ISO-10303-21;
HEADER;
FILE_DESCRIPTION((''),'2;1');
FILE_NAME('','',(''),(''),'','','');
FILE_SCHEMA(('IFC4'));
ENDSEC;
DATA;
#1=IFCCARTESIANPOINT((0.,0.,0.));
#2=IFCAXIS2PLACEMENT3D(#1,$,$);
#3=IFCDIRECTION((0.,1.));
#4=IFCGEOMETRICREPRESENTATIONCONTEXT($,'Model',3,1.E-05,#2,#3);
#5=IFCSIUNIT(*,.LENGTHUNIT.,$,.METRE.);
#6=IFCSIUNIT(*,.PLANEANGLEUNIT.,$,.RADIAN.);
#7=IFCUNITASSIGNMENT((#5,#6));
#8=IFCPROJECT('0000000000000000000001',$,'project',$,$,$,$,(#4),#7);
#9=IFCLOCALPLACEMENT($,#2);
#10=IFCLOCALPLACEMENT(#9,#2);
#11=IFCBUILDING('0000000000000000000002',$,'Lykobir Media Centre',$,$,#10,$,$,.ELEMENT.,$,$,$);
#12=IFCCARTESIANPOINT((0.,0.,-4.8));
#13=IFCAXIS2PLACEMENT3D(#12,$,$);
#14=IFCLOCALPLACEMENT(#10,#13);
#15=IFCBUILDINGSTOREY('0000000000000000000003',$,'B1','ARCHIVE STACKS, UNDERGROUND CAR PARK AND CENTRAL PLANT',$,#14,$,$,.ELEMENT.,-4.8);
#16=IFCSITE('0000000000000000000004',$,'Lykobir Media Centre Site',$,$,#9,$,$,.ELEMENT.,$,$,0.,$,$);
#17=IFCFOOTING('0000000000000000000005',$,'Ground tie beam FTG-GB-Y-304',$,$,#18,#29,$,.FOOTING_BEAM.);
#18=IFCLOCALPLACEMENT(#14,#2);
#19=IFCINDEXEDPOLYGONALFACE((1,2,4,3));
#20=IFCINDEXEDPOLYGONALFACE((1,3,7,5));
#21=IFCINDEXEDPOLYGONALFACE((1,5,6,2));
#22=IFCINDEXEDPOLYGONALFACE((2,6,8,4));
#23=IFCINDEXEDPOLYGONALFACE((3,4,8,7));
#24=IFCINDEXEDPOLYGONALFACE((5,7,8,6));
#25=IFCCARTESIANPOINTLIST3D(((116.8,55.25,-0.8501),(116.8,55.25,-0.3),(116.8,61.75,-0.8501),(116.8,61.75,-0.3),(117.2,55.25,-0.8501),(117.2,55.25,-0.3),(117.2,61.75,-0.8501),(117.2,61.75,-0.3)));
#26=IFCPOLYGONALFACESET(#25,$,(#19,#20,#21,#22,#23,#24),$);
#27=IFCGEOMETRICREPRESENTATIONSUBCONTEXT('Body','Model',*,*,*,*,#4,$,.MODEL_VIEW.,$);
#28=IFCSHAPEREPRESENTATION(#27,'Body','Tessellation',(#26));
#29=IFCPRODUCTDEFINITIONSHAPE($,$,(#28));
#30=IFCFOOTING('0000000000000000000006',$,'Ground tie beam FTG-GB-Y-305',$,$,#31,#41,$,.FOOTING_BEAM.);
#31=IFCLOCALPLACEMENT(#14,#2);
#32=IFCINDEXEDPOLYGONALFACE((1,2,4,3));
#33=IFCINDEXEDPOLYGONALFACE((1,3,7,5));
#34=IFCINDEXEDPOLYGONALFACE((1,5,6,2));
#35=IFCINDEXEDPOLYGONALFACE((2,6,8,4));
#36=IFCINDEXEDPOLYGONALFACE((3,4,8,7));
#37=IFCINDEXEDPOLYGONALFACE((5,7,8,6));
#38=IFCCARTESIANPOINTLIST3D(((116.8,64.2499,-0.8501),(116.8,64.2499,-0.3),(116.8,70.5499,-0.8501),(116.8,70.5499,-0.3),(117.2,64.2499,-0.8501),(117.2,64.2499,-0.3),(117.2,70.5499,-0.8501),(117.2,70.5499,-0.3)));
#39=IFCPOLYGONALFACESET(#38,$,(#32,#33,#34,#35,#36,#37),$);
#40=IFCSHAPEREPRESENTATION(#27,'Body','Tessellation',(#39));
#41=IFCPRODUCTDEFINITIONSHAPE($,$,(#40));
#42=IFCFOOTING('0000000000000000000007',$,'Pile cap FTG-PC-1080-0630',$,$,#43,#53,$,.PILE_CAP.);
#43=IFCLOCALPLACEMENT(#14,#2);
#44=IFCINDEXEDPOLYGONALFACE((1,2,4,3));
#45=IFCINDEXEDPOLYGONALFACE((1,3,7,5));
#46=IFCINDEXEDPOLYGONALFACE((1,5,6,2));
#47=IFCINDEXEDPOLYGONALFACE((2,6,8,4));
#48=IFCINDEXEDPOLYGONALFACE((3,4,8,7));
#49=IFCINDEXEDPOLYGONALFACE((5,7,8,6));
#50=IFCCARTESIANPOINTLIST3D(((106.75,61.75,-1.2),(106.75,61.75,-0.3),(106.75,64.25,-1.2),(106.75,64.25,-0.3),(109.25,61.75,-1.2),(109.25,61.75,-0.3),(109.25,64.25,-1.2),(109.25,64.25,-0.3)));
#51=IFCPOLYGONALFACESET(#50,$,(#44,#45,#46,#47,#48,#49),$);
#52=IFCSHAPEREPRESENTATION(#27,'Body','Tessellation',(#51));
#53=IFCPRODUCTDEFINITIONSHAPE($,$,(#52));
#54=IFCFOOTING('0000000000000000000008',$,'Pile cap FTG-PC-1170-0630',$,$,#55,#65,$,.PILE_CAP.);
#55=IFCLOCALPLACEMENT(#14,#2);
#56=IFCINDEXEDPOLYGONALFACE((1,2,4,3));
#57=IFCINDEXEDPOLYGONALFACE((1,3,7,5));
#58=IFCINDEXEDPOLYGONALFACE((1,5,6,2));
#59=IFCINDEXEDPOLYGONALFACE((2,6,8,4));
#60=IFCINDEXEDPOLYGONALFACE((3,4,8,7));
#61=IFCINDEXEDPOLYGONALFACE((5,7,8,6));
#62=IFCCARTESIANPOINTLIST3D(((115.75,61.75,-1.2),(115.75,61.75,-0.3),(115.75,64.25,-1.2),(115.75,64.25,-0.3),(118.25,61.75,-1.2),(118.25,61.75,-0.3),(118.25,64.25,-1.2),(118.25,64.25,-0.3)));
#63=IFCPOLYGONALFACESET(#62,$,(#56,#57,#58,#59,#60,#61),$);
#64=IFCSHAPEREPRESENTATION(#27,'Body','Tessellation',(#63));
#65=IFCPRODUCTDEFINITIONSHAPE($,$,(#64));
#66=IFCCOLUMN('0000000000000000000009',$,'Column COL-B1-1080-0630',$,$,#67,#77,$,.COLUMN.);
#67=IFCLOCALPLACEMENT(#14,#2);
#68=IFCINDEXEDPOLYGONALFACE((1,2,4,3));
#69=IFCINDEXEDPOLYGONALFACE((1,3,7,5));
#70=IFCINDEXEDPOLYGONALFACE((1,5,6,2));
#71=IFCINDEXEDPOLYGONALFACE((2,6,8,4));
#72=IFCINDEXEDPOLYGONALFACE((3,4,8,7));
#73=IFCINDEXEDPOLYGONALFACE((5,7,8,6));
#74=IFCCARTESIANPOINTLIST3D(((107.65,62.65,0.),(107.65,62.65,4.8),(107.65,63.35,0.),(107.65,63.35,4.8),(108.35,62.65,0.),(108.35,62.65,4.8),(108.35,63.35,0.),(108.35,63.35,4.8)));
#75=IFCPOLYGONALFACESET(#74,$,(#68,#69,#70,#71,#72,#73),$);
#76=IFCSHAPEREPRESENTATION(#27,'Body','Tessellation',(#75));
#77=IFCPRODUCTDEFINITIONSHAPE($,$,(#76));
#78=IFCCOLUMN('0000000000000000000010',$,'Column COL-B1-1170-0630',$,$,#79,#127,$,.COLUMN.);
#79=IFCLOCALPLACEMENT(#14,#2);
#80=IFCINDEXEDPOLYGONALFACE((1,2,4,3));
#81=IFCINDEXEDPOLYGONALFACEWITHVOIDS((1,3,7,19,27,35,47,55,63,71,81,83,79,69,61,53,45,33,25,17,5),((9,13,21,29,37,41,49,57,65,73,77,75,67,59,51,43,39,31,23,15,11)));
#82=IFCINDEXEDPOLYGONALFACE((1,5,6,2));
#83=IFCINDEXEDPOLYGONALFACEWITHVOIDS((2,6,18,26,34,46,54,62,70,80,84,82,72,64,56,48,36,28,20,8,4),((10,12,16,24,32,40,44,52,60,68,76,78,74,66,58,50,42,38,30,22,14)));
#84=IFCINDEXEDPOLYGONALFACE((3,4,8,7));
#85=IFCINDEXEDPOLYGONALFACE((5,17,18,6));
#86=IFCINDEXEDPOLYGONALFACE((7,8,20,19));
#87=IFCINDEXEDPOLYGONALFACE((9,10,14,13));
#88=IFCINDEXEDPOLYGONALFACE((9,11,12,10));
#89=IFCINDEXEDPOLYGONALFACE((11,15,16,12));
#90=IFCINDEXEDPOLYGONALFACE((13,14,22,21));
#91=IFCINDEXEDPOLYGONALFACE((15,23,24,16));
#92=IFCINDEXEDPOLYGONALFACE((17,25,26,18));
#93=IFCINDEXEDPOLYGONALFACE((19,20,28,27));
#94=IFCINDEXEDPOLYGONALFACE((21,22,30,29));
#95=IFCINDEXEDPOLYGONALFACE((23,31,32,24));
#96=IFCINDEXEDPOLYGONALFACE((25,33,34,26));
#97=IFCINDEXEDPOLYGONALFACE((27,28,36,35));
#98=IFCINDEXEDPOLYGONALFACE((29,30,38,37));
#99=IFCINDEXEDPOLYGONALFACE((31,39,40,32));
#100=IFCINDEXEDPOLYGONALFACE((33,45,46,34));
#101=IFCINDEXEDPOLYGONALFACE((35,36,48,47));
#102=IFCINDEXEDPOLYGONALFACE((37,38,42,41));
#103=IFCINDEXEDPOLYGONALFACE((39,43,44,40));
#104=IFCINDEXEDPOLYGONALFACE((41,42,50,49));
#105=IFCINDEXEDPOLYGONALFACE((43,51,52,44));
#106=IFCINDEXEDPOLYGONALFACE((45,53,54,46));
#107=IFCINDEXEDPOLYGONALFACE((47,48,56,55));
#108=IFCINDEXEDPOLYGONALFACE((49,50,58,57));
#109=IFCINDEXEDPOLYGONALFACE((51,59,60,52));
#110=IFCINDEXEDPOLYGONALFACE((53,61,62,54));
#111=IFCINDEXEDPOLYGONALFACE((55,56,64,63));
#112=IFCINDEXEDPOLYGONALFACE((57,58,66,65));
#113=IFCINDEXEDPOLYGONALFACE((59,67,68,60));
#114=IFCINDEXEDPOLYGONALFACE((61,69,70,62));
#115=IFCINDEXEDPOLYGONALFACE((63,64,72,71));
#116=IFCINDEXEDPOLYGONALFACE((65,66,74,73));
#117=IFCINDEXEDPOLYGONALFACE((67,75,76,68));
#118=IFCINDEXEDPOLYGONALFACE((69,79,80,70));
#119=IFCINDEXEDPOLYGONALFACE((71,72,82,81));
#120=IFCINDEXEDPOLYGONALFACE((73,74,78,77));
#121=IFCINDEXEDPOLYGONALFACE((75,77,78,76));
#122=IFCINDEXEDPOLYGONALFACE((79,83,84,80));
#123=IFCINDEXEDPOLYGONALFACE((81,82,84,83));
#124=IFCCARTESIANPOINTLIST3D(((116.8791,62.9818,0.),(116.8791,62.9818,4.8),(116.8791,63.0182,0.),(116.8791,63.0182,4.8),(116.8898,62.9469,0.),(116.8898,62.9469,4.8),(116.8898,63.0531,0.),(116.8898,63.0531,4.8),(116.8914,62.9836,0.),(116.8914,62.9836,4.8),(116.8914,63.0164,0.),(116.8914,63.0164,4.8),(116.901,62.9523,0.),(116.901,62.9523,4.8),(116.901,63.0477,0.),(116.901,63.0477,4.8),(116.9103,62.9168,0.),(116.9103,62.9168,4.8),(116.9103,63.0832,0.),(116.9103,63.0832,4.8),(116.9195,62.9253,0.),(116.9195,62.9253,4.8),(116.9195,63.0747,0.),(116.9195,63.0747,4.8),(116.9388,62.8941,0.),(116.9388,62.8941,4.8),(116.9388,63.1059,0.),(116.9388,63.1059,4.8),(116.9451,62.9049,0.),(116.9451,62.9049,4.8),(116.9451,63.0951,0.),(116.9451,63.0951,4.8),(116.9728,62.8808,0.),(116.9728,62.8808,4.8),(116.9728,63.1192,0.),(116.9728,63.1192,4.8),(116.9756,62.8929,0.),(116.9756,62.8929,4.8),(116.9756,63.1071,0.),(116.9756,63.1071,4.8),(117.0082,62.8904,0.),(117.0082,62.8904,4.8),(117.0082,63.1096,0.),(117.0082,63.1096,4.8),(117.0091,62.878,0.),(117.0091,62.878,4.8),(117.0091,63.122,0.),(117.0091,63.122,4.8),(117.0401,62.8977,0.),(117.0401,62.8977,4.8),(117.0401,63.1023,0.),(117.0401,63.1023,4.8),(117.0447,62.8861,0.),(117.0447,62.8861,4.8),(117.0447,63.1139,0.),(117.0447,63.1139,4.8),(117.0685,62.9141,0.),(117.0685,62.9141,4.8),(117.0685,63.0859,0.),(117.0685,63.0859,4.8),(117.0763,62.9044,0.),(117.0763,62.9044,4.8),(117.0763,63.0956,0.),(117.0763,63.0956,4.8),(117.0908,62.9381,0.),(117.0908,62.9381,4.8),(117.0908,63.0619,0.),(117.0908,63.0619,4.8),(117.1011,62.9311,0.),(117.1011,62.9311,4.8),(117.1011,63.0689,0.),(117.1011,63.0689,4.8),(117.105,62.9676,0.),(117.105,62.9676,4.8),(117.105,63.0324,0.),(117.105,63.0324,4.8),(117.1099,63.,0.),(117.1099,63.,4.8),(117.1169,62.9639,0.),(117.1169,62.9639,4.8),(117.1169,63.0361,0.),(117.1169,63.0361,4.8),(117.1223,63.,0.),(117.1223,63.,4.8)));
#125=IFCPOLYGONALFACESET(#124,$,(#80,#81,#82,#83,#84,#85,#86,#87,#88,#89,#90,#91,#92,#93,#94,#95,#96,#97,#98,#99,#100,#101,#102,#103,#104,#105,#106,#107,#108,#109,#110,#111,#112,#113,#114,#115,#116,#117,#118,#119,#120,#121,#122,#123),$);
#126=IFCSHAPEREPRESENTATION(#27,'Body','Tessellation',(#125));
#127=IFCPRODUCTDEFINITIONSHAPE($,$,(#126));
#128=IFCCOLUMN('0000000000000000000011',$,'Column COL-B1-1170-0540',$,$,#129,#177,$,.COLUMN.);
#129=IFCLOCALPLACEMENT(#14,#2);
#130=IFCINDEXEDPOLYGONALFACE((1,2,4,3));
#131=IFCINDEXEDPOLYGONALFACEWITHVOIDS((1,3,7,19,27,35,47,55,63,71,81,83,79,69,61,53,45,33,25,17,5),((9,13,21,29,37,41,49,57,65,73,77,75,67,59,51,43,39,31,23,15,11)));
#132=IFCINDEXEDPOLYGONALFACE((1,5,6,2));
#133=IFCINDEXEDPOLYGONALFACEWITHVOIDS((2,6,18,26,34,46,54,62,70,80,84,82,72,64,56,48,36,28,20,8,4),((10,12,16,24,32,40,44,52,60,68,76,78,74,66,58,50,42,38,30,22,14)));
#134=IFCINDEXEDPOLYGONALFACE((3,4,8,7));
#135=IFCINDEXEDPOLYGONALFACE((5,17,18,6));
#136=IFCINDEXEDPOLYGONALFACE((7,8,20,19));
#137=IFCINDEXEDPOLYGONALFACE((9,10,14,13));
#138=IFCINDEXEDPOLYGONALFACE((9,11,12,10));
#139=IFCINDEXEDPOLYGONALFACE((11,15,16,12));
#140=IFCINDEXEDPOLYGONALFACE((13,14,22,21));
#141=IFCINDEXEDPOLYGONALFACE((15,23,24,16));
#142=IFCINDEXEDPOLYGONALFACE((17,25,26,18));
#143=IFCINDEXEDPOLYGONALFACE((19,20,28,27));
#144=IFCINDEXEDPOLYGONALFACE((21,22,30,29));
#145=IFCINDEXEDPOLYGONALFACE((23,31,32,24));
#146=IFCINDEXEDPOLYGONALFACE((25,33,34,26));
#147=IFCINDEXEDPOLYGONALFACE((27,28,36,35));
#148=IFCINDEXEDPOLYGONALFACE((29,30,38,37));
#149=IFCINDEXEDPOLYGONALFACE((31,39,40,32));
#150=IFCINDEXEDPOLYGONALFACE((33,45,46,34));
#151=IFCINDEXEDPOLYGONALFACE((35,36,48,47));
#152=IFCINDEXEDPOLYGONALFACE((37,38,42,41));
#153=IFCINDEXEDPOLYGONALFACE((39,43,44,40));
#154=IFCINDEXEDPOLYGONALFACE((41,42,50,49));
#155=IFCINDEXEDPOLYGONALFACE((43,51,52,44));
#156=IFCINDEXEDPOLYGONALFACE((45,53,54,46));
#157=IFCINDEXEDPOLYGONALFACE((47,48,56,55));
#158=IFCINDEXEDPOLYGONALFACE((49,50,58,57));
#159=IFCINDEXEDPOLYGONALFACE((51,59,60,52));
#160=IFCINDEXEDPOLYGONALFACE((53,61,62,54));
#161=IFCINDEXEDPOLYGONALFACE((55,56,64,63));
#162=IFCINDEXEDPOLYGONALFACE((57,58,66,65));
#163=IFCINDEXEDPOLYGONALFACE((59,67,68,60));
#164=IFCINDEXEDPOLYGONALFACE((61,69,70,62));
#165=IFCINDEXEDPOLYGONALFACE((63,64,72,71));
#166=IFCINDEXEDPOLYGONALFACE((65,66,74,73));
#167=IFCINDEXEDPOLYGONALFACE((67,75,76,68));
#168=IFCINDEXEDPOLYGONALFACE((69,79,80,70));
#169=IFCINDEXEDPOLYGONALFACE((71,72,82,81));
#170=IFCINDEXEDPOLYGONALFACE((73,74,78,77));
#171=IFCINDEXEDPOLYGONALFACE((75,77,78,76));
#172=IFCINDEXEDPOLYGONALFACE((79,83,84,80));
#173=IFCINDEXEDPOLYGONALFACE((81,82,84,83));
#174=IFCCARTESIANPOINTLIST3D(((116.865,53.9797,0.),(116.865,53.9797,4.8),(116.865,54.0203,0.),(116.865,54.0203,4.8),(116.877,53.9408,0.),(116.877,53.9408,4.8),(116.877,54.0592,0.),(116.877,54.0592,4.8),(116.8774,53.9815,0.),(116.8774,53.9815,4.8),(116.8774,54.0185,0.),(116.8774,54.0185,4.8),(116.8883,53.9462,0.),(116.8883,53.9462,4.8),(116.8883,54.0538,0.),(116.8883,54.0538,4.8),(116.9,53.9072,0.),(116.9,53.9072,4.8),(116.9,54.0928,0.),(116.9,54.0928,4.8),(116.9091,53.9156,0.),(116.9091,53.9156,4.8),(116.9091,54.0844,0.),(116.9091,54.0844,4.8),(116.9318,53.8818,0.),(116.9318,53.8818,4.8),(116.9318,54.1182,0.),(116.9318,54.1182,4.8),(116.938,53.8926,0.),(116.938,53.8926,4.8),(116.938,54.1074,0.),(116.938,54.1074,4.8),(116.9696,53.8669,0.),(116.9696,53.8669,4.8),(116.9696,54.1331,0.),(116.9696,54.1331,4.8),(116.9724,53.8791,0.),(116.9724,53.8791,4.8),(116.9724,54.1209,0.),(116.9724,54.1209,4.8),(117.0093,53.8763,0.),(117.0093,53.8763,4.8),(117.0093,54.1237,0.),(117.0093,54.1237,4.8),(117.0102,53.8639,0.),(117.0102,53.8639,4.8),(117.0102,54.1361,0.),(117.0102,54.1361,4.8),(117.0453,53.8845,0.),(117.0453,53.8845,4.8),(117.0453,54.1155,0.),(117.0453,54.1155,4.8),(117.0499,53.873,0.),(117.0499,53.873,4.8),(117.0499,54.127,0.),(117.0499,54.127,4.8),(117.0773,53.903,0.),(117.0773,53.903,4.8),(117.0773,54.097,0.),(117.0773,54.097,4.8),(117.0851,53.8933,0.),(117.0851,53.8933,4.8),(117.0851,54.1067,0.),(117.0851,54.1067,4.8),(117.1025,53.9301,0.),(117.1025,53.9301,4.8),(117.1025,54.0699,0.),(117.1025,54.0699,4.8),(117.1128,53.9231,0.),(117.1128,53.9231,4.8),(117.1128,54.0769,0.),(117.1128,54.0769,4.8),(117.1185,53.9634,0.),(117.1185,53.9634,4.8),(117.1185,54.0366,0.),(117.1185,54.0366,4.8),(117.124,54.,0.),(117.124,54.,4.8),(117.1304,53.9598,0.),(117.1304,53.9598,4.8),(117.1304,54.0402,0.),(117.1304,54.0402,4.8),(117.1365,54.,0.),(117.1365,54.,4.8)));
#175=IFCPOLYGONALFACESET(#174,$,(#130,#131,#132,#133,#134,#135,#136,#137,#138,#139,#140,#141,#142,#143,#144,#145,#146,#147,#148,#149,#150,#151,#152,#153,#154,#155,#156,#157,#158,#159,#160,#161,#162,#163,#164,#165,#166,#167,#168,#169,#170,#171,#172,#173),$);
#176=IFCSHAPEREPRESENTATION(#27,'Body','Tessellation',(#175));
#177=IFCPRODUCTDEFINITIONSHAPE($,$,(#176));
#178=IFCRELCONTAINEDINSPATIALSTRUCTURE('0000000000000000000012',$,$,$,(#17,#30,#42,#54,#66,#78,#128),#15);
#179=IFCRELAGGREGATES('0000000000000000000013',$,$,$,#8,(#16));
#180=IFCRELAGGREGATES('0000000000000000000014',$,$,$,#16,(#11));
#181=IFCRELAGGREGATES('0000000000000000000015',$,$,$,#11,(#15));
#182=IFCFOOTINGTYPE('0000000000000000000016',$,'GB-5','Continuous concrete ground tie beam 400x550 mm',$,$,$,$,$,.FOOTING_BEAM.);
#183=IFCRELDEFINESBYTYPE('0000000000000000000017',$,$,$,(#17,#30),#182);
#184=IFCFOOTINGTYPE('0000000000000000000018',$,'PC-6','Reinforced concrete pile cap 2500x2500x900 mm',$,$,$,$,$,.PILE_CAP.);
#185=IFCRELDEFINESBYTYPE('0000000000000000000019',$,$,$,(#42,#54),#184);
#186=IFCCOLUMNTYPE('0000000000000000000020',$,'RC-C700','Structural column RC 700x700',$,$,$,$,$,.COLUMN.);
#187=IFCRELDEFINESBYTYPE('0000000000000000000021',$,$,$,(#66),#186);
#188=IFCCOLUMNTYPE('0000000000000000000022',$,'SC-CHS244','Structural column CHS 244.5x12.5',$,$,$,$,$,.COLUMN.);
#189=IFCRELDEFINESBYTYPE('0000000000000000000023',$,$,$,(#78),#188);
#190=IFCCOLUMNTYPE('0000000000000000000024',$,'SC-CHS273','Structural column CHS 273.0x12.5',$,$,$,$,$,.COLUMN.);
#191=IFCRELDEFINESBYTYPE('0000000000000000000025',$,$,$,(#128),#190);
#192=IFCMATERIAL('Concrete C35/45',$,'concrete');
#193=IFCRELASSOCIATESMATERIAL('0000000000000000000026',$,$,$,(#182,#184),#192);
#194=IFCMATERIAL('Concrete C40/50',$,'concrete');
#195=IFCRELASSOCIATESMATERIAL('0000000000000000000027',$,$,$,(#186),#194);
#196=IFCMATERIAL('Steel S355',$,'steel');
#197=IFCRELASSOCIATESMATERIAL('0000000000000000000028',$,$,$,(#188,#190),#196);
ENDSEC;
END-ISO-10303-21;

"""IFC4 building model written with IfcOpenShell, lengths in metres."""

from ifc_helpers import new_model, si_unit, direction, frame, origin, origin_2d, place, context, subcontext, project, spatial, rectangle, hollow_circle, extrude, material, material_profile, profile_set, type_object, element, save


model = new_model("IFC4")

# Units and contexts
model_context = context("Model", 3, precision=1e-05, world=origin(), true_north=direction((0.0, 1.0)))
body_context = subcontext(model_context, "Body", "Model", "MODEL_VIEW")
ifc_project = project(units=[si_unit("LENGTHUNIT", "METRE"), si_unit("PLANEANGLEUNIT", "RADIAN")], contexts=[model_context])

# Site, building, storey
site_placement = place(None, origin())
site = spatial("IfcSite", under=ifc_project, at=site_placement, Name="Lykobir Media Centre Site", CompositionType="ELEMENT", RefElevation=0.0)
building_placement = place(site_placement, origin())
building = spatial("IfcBuilding", under=site, at=building_placement, Name="Lykobir Media Centre", CompositionType="ELEMENT")
storey_placement = place(building_placement, frame((0.0, 0.0, -4.8)))
storey = spatial("IfcBuildingStorey", under=building, at=storey_placement, Name="B1", Description="ARCHIVE STACKS, UNDERGROUND CAR PARK AND CENTRAL PLANT", CompositionType="ELEMENT", Elevation=-4.8)

# Footings
ifc_material_1 = material(Name="Concrete C35/45", Category="concrete")
footing_type_1 = type_object("IfcFootingType", Name="GB-5", Description="Continuous concrete ground tie beam 400x550 mm", PredefinedType="FOOTING_BEAM", material=ifc_material_1)
footing_1_placement = place(storey_placement, frame((117.0, 58.5, -0.8501), z_axis=(0.0, 0.0, 1.0), x_axis=(0.0, 1.0, 0.0)))
element("IfcFooting", 1, at=footing_1_placement, inside=storey, type_object=footing_type_1, Name="Ground tie beam FTG-GB-Y-304", PredefinedType="FOOTING_BEAM", context=body_context, shape_type="SweptSolid", body=[
    extrude(rectangle(XDim=6.5, YDim=0.3999, at=origin_2d()), origin(), (0.0, 0.0, 1.0), 0.55),
])
footing_2_placement = place(storey_placement, frame((117.0, 67.3999, -0.8501), z_axis=(0.0, 0.0, 1.0), x_axis=(0.0, 1.0, 0.0)))
element("IfcFooting", 2, at=footing_2_placement, inside=storey, type_object=footing_type_1, Name="Ground tie beam FTG-GB-Y-305", PredefinedType="FOOTING_BEAM", context=body_context, shape_type="SweptSolid", body=[
    extrude(rectangle(XDim=6.3, YDim=0.3999, at=origin_2d()), origin(), (0.0, 0.0, 1.0), 0.55),
])
footing_type_2 = type_object("IfcFootingType", Name="PC-6", Description="Reinforced concrete pile cap 2500x2500x900 mm", PredefinedType="PILE_CAP", material=ifc_material_1)
for number, where, z_axis, x_axis, name in (
    (3, (108.0, 63.0, -1.2), (0.0, 0.0, 1.0), (1.0, 0.0, 0.0), "Pile cap FTG-PC-1080-0630"),
    (4, (117.0, 63.0, -1.2), (0.0, 0.0, 1.0), (1.0, 0.0, 0.0), "Pile cap FTG-PC-1170-0630"),
):
    element("IfcFooting", number, at=place(storey_placement, frame(where, z_axis=z_axis, x_axis=x_axis)), inside=storey, type_object=footing_type_2, Name=name, PredefinedType="PILE_CAP", context=body_context, shape_type="SweptSolid", body=[
        extrude(rectangle(XDim=2.5, YDim=2.5, at=origin_2d()), origin(), (0.0, 0.0, 1.0), 0.8999),
    ])

# Columns
ifc_material_2 = material(Name="Concrete C40/50", Category="concrete")
ifc_material_profile_1 = material_profile(ifc_material_2, rectangle(XDim=0.7, YDim=0.7, at=origin_2d()), Name="RC 700x700")
ifc_profile_set_1 = profile_set([ifc_material_profile_1], Name="Concrete C40/50")
column_type_1 = type_object("IfcColumnType", Name="RC-C700", Description="Structural column RC 700x700", PredefinedType="COLUMN", material=ifc_profile_set_1)
column_1_placement = place(storey_placement, frame((108.0, 63.0, 0.0), z_axis=(0.0, 0.0, 1.0), x_axis=(1.0, 0.0, 0.0)))
element("IfcColumn", 5, at=column_1_placement, inside=storey, type_object=column_type_1, Name="Column COL-B1-1080-0630", PredefinedType="COLUMN", context=body_context, shape_type="SweptSolid", body=[
    extrude(rectangle(XDim=0.7, YDim=0.7, at=origin_2d()), origin(), (0.0, 0.0, 1.0), 4.8),
])
ifc_material_3 = material(Name="Steel S355", Category="steel")
ifc_material_profile_2 = material_profile(ifc_material_3, hollow_circle(Radius=0.1223, WallThickness=0.0125, at=origin_2d()), Name="CHS 244.5x12.5")
ifc_profile_set_2 = profile_set([ifc_material_profile_2], Name="Steel S355")
column_type_2 = type_object("IfcColumnType", Name="SC-CHS244", Description="Structural column CHS 244.5x12.5", PredefinedType="COLUMN", material=ifc_profile_set_2)
column_2_placement = place(storey_placement, frame((117.0, 63.0, 0.0), z_axis=(0.0, 0.0, 1.0), x_axis=(1.0, 0.0, 0.0)))
element("IfcColumn", 6, at=column_2_placement, inside=storey, type_object=column_type_2, Name="Column COL-B1-1170-0630", PredefinedType="COLUMN", context=body_context, shape_type="SweptSolid", body=[
    extrude(hollow_circle(Radius=0.1223, WallThickness=0.0125, at=origin_2d()), origin(), (0.0, 0.0, 1.0), 4.8),
])
ifc_material_profile_3 = material_profile(ifc_material_3, hollow_circle(Radius=0.1365, WallThickness=0.0125, at=origin_2d()), Name="CHS 273.0x12.5")
ifc_profile_set_3 = profile_set([ifc_material_profile_3], Name="Steel S355")
column_type_3 = type_object("IfcColumnType", Name="SC-CHS273", Description="Structural column CHS 273.0x12.5", PredefinedType="COLUMN", material=ifc_profile_set_3)
column_3_placement = place(storey_placement, frame((117.0, 54.0, 0.0), z_axis=(0.0, 0.0, 1.0), x_axis=(1.0, 0.0, 0.0)))
element("IfcColumn", 7, at=column_3_placement, inside=storey, type_object=column_type_3, Name="Column COL-B1-1170-0540", PredefinedType="COLUMN", context=body_context, shape_type="SweptSolid", body=[
    extrude(hollow_circle(Radius=0.1365, WallThickness=0.0125, at=origin_2d()), origin(), (0.0, 0.0, 1.0), 4.8),
])

save(model, "model.ifc")
